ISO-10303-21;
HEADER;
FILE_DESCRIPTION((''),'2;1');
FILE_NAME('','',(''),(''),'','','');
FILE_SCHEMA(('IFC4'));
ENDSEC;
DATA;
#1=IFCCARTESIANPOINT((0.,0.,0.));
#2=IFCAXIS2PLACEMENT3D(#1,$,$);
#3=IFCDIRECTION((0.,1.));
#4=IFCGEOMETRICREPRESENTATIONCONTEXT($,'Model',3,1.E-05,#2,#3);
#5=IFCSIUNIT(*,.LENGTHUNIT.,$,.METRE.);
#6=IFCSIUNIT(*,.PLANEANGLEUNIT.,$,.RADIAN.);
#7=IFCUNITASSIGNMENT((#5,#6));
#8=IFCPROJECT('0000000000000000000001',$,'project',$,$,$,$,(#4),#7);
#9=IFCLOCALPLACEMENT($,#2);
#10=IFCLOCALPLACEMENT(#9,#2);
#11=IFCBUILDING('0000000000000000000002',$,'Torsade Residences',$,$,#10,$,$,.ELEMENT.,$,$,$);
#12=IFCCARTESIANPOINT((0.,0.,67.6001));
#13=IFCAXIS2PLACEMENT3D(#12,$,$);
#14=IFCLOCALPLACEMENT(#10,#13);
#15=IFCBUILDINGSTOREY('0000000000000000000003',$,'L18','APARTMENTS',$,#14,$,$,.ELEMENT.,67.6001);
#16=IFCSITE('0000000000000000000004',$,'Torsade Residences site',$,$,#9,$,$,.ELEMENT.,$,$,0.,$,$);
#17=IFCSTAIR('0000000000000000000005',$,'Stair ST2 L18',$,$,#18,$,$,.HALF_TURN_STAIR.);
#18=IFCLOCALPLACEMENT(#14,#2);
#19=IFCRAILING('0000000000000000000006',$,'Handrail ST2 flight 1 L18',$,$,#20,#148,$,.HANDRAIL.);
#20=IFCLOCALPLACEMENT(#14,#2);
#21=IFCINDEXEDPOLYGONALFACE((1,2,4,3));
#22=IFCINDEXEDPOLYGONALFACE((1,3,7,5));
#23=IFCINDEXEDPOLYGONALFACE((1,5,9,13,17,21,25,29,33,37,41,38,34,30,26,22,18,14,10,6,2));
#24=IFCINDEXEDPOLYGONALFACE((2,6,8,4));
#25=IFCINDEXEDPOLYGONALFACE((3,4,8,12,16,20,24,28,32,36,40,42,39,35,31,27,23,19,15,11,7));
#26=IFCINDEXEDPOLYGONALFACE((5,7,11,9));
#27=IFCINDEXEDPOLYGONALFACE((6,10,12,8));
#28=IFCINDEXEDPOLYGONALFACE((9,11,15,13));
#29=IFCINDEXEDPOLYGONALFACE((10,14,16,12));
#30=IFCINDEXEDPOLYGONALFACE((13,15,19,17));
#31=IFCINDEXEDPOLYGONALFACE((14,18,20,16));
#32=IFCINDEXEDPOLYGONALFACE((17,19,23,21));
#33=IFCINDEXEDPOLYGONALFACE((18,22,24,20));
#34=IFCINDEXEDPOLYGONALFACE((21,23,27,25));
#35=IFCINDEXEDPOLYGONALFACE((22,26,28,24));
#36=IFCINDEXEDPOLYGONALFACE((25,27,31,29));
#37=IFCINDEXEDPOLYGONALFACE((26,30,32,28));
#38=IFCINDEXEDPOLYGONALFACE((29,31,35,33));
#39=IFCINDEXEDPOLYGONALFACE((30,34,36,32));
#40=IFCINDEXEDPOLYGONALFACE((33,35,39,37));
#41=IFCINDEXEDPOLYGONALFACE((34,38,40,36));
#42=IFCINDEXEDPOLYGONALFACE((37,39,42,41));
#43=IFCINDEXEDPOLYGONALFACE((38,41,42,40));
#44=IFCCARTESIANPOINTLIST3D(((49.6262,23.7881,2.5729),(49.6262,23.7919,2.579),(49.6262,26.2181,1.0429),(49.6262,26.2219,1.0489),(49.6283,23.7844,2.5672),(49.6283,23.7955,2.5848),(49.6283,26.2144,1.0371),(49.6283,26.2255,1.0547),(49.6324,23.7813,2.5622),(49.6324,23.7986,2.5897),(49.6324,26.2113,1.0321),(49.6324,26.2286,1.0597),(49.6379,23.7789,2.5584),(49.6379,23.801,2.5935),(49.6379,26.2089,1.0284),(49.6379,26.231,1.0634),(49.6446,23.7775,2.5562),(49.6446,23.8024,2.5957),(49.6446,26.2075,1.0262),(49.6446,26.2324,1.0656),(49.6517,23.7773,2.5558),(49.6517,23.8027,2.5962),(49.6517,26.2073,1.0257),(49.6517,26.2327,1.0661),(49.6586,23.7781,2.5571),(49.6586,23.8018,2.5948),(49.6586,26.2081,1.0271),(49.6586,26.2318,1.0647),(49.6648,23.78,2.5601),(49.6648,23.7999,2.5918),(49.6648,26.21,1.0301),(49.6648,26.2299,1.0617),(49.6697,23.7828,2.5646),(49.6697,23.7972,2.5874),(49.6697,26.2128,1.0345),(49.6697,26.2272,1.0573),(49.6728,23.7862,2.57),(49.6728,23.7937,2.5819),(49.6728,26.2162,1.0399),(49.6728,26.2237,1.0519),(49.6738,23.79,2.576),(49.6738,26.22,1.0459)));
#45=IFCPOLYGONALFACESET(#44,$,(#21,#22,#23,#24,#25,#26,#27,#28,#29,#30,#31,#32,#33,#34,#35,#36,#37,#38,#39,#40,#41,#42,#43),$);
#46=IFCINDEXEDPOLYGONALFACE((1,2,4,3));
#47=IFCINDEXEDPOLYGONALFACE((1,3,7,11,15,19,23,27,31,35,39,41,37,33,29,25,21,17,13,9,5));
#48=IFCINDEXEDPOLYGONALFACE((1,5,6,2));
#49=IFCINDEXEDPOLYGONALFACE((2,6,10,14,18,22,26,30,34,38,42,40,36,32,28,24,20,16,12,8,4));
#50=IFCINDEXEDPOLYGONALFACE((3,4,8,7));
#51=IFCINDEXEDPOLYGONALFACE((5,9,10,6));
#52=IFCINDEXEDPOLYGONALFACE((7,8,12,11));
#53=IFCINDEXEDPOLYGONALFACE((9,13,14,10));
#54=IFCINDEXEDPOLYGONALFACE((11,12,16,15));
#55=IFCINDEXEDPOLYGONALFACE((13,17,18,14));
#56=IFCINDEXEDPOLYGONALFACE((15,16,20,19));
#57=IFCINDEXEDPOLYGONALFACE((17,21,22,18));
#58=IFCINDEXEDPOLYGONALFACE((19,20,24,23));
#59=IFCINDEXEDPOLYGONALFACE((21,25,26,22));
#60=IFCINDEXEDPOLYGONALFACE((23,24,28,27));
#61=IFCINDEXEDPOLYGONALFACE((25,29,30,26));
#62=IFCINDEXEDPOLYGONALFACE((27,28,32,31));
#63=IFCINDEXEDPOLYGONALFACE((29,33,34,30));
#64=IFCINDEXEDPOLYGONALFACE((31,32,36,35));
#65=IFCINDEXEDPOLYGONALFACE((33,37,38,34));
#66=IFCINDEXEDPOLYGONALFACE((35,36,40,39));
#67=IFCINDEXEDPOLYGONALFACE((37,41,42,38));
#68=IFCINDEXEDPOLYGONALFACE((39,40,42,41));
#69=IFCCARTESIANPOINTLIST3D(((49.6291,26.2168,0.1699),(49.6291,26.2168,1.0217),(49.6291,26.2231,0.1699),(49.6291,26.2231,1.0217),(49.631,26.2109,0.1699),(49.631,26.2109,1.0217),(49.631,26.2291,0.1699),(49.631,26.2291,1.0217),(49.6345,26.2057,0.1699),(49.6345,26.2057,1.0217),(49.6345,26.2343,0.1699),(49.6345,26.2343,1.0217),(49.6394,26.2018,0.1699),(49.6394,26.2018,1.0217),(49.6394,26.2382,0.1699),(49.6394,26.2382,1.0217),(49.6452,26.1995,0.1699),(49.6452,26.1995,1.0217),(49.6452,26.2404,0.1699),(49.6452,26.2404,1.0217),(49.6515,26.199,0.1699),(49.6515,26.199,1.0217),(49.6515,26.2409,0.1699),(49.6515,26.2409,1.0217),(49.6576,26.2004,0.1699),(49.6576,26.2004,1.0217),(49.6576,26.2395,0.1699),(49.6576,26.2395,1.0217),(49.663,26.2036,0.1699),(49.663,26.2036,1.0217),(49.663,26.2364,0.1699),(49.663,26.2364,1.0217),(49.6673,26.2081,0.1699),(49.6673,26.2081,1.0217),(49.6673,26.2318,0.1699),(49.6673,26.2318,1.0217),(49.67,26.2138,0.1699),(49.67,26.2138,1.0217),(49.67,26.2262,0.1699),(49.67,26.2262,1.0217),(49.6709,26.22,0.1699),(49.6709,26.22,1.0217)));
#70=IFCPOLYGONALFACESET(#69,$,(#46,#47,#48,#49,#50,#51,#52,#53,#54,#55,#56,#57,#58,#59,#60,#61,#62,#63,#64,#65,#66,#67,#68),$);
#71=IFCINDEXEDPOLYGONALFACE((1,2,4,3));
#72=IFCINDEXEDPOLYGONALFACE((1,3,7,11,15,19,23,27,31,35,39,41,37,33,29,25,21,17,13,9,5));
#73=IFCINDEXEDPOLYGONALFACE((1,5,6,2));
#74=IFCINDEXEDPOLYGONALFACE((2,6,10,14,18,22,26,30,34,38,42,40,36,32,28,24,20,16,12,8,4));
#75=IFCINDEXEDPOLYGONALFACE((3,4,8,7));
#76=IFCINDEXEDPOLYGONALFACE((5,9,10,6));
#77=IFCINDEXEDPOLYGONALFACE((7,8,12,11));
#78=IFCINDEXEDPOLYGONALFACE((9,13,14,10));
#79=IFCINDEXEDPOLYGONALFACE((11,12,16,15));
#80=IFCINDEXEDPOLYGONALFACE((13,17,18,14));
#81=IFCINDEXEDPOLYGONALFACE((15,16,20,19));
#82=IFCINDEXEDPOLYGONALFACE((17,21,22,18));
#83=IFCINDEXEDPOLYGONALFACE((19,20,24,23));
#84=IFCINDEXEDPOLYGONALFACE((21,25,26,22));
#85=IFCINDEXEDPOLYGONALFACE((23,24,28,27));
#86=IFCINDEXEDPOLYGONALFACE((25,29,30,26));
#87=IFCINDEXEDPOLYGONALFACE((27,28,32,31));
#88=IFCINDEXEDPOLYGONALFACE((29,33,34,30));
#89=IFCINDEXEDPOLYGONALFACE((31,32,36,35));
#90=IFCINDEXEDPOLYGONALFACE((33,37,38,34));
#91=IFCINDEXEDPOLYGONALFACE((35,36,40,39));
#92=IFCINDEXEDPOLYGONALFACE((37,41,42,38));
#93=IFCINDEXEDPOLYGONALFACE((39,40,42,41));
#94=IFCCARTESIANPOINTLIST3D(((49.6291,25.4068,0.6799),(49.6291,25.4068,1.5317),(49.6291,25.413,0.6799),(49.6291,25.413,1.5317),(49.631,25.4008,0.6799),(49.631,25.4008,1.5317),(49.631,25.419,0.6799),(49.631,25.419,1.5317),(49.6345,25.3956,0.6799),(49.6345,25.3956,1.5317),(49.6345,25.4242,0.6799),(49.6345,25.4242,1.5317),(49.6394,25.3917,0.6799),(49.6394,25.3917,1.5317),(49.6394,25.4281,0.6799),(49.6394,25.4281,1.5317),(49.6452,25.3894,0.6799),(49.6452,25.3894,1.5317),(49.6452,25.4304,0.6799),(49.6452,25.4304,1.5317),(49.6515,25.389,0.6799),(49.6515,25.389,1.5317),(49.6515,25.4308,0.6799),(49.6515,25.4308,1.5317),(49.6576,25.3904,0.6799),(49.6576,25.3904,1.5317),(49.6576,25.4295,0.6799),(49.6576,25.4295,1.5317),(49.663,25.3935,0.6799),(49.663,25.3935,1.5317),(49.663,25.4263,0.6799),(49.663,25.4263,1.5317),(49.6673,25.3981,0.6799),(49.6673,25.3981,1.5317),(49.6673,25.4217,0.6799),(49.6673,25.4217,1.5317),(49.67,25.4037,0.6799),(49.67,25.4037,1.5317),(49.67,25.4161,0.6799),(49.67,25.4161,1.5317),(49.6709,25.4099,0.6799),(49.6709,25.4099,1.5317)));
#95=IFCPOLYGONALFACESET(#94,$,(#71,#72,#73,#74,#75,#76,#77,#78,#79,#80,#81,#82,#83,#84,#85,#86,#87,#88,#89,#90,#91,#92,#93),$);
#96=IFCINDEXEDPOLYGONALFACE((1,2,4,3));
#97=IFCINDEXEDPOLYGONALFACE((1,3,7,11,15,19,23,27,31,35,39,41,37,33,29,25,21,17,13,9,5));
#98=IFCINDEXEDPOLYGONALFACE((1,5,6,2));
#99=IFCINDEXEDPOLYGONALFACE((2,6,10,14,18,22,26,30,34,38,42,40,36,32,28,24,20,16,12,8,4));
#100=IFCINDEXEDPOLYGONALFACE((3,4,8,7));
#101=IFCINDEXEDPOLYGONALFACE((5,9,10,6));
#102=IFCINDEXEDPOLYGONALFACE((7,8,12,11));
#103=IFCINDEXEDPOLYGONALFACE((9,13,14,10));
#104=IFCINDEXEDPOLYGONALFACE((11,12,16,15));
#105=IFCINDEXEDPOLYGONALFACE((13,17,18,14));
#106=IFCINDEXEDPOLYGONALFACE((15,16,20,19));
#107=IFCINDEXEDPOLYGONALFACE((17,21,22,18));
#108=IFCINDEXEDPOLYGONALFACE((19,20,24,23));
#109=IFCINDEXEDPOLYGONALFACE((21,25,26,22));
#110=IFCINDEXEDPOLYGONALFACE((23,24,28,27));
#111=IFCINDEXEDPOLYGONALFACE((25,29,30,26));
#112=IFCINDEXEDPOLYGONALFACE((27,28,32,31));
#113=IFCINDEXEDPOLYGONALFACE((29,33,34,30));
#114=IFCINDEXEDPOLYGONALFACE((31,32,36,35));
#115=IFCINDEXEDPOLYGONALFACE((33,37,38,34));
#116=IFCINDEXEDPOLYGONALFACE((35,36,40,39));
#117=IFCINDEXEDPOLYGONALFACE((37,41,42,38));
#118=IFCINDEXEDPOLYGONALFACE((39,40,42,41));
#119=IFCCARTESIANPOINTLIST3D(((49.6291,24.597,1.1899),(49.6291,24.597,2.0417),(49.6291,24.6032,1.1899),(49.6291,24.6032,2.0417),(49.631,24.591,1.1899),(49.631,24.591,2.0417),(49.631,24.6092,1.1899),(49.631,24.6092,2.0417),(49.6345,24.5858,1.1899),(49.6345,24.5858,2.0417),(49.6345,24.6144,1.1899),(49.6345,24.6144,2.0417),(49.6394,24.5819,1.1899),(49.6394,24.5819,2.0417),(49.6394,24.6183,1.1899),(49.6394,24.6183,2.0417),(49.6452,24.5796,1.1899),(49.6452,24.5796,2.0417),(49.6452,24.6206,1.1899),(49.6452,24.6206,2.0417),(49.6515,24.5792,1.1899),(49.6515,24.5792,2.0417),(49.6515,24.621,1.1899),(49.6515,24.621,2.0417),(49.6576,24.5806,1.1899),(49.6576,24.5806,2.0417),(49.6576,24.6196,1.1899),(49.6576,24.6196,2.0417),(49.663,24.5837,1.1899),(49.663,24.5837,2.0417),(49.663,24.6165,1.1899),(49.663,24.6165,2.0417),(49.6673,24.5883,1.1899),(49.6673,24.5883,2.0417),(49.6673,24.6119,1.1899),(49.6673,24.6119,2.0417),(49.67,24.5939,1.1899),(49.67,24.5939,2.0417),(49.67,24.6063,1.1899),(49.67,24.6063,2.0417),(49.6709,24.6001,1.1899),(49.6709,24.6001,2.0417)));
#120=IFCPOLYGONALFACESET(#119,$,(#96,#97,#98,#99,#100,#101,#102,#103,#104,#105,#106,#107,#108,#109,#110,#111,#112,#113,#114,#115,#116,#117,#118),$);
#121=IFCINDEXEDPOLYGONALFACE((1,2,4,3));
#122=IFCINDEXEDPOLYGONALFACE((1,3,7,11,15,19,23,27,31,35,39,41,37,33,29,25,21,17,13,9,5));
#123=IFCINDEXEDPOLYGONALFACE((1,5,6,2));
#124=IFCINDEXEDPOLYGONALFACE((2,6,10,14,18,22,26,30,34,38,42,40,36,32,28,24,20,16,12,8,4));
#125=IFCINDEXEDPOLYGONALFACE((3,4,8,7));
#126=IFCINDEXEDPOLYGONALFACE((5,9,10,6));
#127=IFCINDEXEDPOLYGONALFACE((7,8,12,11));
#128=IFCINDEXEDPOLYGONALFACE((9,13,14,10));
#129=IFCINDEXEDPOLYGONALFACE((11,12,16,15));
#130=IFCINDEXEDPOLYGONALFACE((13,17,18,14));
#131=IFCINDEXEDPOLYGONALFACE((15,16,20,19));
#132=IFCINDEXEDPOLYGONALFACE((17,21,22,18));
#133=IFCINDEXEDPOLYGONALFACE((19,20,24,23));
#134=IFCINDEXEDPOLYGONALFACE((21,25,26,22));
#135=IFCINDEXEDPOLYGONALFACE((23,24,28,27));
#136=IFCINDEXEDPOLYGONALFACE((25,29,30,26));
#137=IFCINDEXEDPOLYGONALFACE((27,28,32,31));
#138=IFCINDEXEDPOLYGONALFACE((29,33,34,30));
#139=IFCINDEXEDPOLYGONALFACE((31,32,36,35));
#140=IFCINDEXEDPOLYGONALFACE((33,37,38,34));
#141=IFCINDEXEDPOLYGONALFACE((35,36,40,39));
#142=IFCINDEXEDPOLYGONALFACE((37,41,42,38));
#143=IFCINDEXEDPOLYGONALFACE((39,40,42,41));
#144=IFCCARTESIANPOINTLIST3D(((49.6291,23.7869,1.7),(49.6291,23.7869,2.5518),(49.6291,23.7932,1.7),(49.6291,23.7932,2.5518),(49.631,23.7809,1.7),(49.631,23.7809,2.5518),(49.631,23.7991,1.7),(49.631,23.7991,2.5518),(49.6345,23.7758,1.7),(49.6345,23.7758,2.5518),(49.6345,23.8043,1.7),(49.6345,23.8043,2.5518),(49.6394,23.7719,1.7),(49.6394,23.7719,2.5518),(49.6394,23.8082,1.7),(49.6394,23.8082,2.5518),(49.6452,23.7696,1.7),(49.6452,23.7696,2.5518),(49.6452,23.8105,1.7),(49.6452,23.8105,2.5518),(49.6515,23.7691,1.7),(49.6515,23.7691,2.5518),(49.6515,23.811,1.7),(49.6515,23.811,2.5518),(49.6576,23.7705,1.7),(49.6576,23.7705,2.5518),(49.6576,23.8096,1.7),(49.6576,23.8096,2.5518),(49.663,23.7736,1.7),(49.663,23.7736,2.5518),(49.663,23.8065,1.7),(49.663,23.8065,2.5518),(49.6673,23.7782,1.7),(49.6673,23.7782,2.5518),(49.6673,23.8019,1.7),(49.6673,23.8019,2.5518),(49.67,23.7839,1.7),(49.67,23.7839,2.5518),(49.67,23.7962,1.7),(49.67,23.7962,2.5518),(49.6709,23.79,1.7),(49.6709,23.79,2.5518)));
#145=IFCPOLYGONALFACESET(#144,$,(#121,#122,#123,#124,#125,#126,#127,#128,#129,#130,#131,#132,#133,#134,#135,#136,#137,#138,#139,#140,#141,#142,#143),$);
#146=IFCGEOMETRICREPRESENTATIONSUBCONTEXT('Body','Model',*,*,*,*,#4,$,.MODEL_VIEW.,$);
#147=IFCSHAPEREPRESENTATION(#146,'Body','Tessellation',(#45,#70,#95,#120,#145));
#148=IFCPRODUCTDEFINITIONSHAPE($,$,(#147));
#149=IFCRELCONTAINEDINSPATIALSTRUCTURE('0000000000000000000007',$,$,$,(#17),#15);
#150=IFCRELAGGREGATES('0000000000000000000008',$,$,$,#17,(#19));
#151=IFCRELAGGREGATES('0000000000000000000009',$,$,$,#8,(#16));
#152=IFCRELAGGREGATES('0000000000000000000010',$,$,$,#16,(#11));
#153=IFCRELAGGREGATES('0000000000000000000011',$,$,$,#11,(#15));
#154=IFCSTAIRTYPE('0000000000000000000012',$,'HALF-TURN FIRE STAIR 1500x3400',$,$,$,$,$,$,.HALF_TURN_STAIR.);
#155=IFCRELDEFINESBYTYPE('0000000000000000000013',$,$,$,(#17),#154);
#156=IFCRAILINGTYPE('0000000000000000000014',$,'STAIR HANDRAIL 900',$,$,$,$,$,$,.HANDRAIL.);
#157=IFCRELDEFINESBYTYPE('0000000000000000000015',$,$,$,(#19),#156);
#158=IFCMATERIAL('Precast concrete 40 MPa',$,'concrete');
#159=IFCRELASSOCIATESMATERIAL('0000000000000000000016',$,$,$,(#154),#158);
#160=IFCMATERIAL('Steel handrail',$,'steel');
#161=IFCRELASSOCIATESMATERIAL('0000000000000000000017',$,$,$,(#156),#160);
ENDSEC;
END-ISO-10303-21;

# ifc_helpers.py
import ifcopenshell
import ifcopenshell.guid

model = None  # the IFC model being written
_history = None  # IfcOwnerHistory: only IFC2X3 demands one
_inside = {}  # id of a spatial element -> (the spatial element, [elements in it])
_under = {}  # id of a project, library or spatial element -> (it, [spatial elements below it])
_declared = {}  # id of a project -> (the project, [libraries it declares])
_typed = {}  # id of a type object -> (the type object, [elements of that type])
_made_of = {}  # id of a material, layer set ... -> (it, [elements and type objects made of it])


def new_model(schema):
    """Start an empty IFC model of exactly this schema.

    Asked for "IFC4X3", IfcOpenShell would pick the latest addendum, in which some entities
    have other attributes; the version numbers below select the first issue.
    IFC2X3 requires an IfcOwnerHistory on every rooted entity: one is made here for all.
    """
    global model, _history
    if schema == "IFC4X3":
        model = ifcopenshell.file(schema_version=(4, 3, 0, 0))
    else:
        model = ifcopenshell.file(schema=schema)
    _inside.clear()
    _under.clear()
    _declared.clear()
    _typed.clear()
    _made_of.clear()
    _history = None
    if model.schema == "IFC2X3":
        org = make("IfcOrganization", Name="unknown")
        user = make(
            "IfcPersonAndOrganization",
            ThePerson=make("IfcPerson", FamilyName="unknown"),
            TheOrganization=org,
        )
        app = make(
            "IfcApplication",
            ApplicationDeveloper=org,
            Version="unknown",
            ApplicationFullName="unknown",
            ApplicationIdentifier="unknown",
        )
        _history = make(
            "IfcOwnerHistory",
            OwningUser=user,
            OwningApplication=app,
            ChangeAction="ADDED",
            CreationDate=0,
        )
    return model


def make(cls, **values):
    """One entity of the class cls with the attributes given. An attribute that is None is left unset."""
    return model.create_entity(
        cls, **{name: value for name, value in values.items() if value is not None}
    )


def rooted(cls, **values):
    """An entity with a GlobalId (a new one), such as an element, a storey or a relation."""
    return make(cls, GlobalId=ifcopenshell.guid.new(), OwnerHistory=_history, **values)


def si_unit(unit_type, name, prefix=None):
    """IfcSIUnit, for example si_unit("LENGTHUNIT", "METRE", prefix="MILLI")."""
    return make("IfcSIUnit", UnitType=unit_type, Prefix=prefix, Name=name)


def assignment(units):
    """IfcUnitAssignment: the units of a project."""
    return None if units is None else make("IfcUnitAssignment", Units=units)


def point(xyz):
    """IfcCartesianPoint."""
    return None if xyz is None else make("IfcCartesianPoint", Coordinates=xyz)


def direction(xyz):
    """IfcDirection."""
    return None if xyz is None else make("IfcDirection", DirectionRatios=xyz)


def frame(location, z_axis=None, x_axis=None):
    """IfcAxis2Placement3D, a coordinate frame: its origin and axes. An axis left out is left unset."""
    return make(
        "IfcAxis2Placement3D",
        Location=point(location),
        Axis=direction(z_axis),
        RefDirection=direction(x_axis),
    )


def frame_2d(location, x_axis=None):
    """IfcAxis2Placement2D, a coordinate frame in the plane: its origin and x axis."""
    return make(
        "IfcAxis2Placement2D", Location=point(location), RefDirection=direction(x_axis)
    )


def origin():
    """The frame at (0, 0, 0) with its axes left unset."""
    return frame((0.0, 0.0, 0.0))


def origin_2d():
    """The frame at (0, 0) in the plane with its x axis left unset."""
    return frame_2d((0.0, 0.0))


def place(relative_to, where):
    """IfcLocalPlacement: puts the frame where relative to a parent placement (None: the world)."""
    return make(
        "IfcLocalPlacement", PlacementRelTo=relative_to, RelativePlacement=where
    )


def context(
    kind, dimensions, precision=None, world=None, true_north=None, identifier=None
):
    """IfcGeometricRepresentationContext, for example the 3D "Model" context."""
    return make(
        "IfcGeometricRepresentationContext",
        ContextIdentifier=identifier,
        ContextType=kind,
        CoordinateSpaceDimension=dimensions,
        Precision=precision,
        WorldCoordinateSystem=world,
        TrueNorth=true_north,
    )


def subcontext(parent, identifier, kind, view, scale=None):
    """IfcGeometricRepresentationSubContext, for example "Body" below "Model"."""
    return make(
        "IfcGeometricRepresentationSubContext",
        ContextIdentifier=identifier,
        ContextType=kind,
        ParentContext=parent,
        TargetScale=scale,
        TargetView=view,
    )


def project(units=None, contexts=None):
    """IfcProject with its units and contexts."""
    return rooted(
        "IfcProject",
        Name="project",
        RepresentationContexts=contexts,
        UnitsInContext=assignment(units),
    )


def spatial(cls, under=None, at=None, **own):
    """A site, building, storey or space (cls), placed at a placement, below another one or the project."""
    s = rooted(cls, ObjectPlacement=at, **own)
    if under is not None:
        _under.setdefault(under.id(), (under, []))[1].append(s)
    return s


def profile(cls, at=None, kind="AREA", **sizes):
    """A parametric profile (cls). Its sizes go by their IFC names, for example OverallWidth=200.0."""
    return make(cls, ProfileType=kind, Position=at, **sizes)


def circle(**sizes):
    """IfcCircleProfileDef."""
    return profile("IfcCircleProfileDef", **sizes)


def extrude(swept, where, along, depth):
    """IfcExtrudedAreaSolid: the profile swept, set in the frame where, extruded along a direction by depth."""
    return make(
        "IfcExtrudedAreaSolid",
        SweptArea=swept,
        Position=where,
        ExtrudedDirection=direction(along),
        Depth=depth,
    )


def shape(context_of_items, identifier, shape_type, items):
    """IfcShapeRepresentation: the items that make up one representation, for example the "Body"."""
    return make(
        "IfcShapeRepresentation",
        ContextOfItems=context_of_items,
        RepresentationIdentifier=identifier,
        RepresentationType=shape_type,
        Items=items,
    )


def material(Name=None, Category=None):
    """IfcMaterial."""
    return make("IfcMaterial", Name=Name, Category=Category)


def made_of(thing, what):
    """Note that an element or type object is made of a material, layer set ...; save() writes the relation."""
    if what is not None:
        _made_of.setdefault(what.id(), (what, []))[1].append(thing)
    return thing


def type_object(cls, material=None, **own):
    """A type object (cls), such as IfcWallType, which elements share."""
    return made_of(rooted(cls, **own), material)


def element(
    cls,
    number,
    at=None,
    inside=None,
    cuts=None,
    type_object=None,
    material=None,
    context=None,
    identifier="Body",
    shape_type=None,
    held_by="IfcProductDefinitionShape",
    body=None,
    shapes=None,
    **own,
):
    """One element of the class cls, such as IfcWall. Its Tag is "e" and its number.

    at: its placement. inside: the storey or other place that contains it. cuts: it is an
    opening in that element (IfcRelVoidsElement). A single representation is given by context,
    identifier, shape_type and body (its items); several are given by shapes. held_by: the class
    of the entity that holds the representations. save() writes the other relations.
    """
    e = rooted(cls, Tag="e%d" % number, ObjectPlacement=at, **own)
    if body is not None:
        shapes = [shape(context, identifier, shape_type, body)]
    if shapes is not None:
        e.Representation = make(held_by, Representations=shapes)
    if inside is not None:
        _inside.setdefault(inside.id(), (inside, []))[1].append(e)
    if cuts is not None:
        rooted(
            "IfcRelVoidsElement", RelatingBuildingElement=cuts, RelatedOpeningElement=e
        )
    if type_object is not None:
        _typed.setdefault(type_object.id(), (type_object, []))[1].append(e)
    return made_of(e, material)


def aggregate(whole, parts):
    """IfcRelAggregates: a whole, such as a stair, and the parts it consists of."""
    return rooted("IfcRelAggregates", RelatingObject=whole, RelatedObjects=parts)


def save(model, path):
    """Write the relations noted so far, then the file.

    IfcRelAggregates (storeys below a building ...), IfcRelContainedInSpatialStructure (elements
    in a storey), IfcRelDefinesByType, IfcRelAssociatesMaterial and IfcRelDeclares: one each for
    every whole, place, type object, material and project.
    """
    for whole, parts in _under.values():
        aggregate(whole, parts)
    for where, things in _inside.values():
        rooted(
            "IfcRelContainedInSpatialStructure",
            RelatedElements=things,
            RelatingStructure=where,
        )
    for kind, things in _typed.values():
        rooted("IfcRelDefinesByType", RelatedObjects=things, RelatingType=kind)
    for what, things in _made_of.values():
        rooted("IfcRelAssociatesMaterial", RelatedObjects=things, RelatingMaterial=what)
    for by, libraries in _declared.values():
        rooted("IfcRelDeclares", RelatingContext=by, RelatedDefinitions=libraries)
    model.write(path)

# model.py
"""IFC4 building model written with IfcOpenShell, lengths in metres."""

from ifc_helpers import new_model, si_unit, direction, frame, origin, origin_2d, place, context, subcontext, project, spatial, circle, extrude, material, type_object, element, aggregate, save


model = new_model("IFC4")

# Units and contexts
model_context = context("Model", 3, precision=1e-05, world=origin(), true_north=direction((0.0, 1.0)))
body_context = subcontext(model_context, "Body", "Model", "MODEL_VIEW")
ifc_project = project(units=[si_unit("LENGTHUNIT", "METRE"), si_unit("PLANEANGLEUNIT", "RADIAN")], contexts=[model_context])

# Site, building, storey
site_placement = place(None, origin())
site = spatial("IfcSite", under=ifc_project, at=site_placement, Name="Torsade Residences site", CompositionType="ELEMENT", RefElevation=0.0)
building_placement = place(site_placement, origin())
building = spatial("IfcBuilding", under=site, at=building_placement, Name="Torsade Residences", CompositionType="ELEMENT")
storey_placement = place(building_placement, frame((0.0, 0.0, 67.6001)))
storey = spatial("IfcBuildingStorey", under=building, at=storey_placement, Name="L18", Description="APARTMENTS", CompositionType="ELEMENT", Elevation=67.6001)

# Stair, railing
ifc_material_1 = material(Name="Precast concrete 40 MPa", Category="concrete")
stair_type = type_object("IfcStairType", Name="HALF-TURN FIRE STAIR 1500x3400", PredefinedType="HALF_TURN_STAIR", material=ifc_material_1)
stair_placement = place(storey_placement, origin())
stair = element("IfcStair", 1, at=stair_placement, inside=storey, type_object=stair_type, Name="Stair ST2 L18", PredefinedType="HALF_TURN_STAIR")
ifc_material_2 = material(Name="Steel handrail", Category="steel")
railing_type = type_object("IfcRailingType", Name="STAIR HANDRAIL 900", PredefinedType="HANDRAIL", material=ifc_material_2)
railing_1_placement = place(storey_placement, frame((49.6499, 26.22, 0.1699)))
railing_1 = element("IfcRailing", 2, at=railing_1_placement, type_object=railing_type, Name="Handrail ST2 flight 1 L18", PredefinedType="HANDRAIL", context=body_context, shape_type="SweptSolid", body=[
    extrude(circle(Radius=0.0239, at=origin_2d()), frame((0.0, 0.0, 0.876), z_axis=(0.0, -0.846221, 0.532831), x_axis=(1.0, 0.0, 0.0)), (0.0, 0.0, 1.0), 2.8716),
    extrude(circle(Radius=0.021, at=origin_2d()), origin(), (0.0, 0.0, 1.0), 0.8518),
    extrude(circle(Radius=0.021, at=origin_2d()), frame((0.0, -0.8101, 0.51)), (0.0, 0.0, 1.0), 0.8518),
    extrude(circle(Radius=0.021, at=origin_2d()), frame((0.0, -1.6199, 1.02)), (0.0, 0.0, 1.0), 0.8518),
    extrude(circle(Radius=0.021, at=origin_2d()), frame((0.0, -2.4299, 1.53)), (0.0, 0.0, 1.0), 0.8518),
])
aggregate(stair, [railing_1])

save(model, "model.ifc")
